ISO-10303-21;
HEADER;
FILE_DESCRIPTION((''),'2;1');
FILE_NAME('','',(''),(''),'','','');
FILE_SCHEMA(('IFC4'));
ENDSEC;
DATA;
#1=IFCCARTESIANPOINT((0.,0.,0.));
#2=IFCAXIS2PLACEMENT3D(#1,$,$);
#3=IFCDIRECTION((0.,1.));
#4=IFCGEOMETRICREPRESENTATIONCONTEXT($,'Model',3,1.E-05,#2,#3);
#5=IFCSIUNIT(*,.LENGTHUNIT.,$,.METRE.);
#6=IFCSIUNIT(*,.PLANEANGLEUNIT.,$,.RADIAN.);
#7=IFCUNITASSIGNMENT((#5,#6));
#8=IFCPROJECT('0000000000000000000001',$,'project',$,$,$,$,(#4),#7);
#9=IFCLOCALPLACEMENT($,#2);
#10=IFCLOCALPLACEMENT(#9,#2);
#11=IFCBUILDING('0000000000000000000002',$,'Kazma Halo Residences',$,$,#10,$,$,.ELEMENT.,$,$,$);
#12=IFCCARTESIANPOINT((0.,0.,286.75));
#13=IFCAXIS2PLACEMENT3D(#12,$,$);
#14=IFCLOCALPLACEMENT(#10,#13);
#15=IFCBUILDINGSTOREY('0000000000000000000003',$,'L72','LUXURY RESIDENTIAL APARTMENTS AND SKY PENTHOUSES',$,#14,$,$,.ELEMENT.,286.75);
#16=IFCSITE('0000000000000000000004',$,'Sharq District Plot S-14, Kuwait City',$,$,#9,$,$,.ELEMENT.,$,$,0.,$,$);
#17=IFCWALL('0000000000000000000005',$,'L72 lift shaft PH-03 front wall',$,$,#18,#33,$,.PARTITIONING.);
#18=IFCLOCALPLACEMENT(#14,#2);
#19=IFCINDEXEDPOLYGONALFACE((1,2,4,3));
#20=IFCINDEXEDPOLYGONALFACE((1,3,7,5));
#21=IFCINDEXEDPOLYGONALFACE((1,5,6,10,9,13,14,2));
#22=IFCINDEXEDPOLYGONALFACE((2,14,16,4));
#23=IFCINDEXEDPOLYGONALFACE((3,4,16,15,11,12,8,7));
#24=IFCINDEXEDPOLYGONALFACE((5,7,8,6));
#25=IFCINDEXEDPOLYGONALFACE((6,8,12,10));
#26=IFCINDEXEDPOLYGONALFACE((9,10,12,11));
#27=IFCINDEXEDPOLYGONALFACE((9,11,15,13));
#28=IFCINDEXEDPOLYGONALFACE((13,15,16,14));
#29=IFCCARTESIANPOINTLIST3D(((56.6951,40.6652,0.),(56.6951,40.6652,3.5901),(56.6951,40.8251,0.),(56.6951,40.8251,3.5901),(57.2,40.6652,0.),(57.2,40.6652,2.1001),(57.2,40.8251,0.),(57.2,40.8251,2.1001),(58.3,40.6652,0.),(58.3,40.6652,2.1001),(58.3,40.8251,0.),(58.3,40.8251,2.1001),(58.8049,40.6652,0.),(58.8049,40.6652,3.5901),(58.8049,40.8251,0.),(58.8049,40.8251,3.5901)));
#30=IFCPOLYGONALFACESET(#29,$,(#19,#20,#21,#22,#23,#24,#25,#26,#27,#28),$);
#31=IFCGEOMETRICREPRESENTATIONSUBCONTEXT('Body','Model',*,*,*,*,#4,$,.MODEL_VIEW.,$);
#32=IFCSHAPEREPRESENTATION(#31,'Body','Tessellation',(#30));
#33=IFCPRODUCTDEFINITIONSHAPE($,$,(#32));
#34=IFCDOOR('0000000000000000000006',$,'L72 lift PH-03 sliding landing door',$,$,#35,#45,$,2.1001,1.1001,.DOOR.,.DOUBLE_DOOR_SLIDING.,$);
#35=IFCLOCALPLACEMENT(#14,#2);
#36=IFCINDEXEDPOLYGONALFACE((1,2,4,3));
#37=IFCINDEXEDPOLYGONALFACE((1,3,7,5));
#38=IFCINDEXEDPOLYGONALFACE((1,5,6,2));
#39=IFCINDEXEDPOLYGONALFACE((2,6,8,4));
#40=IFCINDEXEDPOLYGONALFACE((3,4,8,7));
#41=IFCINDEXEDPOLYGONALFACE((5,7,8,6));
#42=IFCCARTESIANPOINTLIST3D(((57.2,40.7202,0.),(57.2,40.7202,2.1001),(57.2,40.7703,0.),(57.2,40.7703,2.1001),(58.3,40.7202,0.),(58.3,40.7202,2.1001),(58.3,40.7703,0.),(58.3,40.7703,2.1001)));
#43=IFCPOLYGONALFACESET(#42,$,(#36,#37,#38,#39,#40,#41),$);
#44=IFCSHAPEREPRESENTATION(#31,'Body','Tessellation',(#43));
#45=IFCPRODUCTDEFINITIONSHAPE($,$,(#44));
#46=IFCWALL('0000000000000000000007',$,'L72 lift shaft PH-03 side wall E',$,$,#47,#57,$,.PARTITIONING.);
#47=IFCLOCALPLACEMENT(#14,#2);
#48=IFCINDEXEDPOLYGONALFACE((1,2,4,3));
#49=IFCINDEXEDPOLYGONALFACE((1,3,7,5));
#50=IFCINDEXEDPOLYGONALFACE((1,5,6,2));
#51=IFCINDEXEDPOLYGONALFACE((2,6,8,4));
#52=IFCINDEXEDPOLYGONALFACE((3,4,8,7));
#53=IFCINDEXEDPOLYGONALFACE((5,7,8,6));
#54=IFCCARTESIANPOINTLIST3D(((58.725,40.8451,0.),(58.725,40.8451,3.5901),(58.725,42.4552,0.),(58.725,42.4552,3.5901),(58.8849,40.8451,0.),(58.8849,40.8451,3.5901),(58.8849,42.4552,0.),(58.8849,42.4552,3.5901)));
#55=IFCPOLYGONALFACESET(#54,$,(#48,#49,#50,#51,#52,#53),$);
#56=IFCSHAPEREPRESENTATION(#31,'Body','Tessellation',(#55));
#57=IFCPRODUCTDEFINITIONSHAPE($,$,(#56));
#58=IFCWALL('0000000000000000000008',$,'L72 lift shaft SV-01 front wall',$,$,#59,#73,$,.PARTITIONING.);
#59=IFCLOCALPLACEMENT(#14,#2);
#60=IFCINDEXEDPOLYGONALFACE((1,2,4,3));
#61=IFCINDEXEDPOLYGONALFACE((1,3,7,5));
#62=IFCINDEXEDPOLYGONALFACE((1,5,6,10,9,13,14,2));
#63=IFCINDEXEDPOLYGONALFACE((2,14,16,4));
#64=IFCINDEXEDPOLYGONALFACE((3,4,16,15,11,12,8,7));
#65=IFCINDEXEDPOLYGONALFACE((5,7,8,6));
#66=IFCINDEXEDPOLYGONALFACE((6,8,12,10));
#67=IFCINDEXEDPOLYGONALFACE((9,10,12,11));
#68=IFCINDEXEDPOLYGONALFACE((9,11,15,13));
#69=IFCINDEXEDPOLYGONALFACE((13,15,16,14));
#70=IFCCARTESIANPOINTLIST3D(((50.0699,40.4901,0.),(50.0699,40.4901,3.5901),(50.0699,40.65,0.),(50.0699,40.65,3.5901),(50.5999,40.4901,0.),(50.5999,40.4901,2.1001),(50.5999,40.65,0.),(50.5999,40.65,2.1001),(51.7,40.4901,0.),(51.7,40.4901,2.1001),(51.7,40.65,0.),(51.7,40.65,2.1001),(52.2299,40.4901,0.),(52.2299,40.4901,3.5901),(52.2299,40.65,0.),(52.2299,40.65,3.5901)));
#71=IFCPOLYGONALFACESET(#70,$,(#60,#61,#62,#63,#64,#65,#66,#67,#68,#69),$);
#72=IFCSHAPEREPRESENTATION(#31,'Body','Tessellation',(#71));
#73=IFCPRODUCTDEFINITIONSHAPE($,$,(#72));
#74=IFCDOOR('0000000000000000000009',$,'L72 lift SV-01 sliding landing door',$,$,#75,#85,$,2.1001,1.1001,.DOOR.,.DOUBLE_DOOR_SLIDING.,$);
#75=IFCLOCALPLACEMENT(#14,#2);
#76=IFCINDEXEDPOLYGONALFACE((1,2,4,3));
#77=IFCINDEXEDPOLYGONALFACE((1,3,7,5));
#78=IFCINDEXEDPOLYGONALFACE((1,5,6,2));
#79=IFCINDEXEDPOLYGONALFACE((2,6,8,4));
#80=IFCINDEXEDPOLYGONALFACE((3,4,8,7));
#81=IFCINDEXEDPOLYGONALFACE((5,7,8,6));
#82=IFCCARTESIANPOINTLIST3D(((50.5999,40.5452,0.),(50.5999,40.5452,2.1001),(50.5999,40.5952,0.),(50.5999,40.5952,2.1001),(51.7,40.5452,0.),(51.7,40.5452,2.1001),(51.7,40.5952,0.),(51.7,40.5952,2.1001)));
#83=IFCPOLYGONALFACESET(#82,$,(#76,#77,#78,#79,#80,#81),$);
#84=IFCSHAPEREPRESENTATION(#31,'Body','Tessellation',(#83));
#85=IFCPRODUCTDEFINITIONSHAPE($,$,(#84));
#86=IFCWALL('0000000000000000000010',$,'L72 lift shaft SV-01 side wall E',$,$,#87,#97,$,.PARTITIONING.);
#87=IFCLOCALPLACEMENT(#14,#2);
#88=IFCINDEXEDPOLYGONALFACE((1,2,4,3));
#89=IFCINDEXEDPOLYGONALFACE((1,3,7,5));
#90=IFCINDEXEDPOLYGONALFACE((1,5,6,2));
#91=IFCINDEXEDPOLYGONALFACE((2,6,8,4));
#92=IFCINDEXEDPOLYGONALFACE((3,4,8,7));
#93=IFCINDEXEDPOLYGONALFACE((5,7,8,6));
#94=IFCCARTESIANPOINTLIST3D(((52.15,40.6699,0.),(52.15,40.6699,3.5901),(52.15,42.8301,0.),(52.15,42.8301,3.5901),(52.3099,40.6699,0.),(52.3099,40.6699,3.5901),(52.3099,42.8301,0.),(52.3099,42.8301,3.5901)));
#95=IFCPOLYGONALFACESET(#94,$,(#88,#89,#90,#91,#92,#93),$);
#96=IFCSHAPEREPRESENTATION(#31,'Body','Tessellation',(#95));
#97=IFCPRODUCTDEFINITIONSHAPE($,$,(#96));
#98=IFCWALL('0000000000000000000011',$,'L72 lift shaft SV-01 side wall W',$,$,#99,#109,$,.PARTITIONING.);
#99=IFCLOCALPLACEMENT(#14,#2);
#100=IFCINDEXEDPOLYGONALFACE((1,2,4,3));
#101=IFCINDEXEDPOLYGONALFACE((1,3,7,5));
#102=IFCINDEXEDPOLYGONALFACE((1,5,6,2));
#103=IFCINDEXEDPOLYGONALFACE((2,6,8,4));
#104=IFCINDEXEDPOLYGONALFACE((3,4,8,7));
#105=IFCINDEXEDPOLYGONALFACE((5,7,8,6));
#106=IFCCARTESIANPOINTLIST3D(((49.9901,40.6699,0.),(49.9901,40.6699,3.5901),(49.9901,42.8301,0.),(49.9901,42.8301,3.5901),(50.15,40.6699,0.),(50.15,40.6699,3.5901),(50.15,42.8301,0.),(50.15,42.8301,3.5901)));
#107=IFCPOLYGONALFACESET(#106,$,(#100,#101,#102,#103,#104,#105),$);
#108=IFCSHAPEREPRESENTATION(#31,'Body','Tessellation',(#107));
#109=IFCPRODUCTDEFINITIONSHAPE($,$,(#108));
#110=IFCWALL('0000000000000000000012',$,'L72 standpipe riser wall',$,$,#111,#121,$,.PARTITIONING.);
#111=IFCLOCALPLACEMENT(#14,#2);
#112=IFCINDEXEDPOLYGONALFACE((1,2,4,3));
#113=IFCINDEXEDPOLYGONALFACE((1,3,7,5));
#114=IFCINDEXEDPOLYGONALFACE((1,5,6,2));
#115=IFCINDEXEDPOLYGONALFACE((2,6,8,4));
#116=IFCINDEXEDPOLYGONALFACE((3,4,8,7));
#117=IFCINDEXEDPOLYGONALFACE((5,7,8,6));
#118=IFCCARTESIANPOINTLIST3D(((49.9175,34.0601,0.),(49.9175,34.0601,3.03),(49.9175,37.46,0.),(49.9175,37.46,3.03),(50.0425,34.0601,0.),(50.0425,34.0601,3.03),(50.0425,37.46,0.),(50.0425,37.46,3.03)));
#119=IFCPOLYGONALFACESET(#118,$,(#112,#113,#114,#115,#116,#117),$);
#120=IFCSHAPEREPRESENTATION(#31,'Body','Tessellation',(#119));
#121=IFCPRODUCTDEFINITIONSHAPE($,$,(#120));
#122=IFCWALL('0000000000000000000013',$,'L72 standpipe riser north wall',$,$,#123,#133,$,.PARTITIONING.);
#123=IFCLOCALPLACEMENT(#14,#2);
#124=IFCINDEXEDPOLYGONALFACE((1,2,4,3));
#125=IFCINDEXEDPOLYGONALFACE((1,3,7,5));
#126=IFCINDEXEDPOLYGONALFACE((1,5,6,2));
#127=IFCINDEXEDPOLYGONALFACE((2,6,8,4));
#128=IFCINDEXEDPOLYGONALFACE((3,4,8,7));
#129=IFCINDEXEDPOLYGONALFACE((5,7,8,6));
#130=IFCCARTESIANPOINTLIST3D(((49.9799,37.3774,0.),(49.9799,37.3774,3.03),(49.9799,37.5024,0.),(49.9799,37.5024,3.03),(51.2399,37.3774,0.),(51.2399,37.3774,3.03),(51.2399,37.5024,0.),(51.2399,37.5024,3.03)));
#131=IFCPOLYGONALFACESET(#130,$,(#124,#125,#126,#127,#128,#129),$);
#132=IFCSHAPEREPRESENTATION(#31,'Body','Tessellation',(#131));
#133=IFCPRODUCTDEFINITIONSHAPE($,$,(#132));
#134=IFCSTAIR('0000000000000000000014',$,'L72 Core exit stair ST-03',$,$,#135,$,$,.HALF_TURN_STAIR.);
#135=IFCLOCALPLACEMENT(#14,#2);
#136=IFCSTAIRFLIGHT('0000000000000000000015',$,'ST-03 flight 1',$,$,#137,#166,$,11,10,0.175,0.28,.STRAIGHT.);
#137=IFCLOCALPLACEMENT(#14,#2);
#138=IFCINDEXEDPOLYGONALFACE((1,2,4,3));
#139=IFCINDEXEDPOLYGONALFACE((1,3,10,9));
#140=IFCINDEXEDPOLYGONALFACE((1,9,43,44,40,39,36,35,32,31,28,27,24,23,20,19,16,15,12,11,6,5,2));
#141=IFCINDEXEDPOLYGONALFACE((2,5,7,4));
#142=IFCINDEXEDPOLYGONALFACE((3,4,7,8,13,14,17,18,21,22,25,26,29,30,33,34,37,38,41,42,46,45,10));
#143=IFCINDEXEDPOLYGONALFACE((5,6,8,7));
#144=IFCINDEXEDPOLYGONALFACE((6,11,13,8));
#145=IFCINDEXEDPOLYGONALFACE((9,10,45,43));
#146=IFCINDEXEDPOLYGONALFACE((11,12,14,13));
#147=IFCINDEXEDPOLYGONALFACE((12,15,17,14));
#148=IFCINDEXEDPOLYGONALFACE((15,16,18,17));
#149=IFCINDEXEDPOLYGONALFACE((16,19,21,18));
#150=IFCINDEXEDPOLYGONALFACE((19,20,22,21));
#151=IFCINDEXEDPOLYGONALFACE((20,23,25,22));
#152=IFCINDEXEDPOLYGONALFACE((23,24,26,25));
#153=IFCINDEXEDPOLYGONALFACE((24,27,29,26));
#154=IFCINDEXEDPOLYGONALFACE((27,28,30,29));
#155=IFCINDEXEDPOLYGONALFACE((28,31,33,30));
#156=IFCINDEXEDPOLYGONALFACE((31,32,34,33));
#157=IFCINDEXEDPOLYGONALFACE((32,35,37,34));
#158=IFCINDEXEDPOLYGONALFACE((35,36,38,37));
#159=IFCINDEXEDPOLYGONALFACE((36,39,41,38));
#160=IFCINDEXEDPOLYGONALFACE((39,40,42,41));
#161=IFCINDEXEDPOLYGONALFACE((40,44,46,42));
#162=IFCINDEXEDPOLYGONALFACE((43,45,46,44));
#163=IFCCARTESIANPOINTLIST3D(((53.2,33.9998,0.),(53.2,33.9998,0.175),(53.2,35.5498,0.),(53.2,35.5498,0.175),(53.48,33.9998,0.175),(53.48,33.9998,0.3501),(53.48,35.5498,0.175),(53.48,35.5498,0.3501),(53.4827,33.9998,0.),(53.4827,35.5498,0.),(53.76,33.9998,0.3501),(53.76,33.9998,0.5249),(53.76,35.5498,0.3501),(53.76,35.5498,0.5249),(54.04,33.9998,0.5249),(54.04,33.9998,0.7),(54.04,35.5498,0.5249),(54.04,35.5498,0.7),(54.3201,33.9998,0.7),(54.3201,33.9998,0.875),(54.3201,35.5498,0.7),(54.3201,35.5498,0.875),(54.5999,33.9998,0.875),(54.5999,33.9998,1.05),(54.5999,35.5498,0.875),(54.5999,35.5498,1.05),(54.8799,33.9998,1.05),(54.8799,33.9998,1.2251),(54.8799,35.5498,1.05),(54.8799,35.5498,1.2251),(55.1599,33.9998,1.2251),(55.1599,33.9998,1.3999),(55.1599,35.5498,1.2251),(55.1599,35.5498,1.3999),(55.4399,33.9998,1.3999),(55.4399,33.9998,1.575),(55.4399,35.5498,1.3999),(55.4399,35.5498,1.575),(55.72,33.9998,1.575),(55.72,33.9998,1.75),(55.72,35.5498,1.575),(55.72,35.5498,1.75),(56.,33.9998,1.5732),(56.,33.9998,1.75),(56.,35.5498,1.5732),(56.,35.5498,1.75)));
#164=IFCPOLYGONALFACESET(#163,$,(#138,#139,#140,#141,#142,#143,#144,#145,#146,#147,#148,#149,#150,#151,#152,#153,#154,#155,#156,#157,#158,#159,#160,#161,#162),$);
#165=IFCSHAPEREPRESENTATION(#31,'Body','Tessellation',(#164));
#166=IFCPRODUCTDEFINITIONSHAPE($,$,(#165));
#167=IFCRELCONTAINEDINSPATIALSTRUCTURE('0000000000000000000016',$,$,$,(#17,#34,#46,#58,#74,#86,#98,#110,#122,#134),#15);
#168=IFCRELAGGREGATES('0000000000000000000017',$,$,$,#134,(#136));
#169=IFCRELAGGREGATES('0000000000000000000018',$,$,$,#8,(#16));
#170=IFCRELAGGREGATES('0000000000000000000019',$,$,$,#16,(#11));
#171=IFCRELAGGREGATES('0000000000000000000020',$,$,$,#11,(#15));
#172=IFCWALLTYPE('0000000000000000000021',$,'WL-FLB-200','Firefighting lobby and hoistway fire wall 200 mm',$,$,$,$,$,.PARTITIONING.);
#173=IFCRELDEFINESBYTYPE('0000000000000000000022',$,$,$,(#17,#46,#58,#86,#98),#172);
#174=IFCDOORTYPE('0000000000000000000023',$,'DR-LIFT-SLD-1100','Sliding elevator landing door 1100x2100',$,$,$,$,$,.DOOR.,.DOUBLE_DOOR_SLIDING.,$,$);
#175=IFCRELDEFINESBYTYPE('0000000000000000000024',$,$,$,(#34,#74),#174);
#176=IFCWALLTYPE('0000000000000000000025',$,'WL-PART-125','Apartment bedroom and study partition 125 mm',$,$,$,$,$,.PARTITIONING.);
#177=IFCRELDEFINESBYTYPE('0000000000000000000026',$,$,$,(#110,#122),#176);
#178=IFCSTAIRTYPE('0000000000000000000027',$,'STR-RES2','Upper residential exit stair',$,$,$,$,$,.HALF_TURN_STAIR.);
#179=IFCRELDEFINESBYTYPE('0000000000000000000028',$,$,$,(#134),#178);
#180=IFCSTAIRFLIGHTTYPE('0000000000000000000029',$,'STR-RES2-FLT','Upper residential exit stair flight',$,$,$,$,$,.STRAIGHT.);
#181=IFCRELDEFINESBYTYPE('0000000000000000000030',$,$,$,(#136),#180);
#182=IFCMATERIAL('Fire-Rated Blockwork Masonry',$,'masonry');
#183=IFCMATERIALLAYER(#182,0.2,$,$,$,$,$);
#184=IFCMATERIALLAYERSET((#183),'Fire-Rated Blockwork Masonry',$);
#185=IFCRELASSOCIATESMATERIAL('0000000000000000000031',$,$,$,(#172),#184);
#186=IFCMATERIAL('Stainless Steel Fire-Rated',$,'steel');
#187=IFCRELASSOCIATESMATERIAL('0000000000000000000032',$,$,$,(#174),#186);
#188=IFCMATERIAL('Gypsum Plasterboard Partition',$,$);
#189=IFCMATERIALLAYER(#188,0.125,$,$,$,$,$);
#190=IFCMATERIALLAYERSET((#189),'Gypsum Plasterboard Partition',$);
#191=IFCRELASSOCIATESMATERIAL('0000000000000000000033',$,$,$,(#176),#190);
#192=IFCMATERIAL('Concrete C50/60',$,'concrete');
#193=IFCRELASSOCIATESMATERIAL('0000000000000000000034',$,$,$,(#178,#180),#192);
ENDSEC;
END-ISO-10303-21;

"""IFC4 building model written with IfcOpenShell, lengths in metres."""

from ifc_helpers import new_model, si_unit, direction, frame, frame_2d, origin, place, context, subcontext, project, spatial, polyline, rectangle, outline, extrude, material, layer, layer_set, type_object, element, fill, aggregate, save


model = new_model("IFC4")

# Units and contexts
model_context = context("Model", 3, precision=1e-05, world=origin(), true_north=direction((0.0, 1.0)))
body_context = subcontext(model_context, "Body", "Model", "MODEL_VIEW")
ifc_project = project(units=[si_unit("LENGTHUNIT", "METRE"), si_unit("PLANEANGLEUNIT", "RADIAN")], contexts=[model_context])

# Site, building, storey
site_placement = place(None, origin())
site = spatial("IfcSite", under=ifc_project, at=site_placement, Name="Sharq District Plot S-14, Kuwait City", CompositionType="ELEMENT", RefElevation=0.0)
building_placement = place(site_placement, origin())
building = spatial("IfcBuilding", under=site, at=building_placement, Name="Kazma Halo Residences", CompositionType="ELEMENT")
storey_placement = place(building_placement, frame((0.0, 0.0, 286.75)))
storey = spatial("IfcBuildingStorey", under=building, at=storey_placement, Name="L72", Description="LUXURY RESIDENTIAL APARTMENTS AND SKY PENTHOUSES", CompositionType="ELEMENT", Elevation=286.75)

# Shared definitions
ifc_material_1 = material(Name="Fire-Rated Blockwork Masonry", Category="masonry")
ifc_layer_1 = layer(ifc_material_1, 0.2)
ifc_layer_set_1 = layer_set([ifc_layer_1], Name="Fire-Rated Blockwork Masonry")
wall_type_1 = type_object("IfcWallType", Name="WL-FLB-200", Description="Firefighting lobby and hoistway fire wall 200 mm", PredefinedType="PARTITIONING", material=ifc_layer_set_1)
ifc_material_2 = material(Name="Stainless Steel Fire-Rated", Category="steel")
door_type_1 = type_object("IfcDoorType", Name="DR-LIFT-SLD-1100", Description="Sliding elevator landing door 1100x2100", OperationType="DOUBLE_DOOR_SLIDING", PredefinedType="DOOR", material=ifc_material_2)

# Wall, opening, door
wall_1_placement = place(storey_placement, frame((58.8049, 40.7451, 0.0), z_axis=(0.0, 0.0, 1.0), x_axis=(-1.0, 0.0, 0.0)))
wall_1 = element("IfcWall", 1, at=wall_1_placement, inside=storey, type_object=wall_type_1, Name="L72 lift shaft PH-03 front wall", PredefinedType="PARTITIONING", context=body_context, shape_type="SweptSolid", body=[
    extrude(rectangle(XDim=2.1099, YDim=0.1599, at=frame_2d((1.0549, 0.0))), origin(), (0.0, 0.0, 1.0), 3.5901),
])
opening_1_placement = place(wall_1_placement, frame((0.5049, 0.0, 0.0)))
opening_1 = element("IfcOpeningElement", 2, at=opening_1_placement, cuts=wall_1, PredefinedType="OPENING", context=body_context, shape_type="SweptSolid", body=[
    extrude(rectangle(XDim=1.1001, YDim=2.1001, at=frame_2d((0.55, 1.05))), frame((0.0, 0.0898, 0.0), z_axis=(0.0, -1.0, 0.0), x_axis=(1.0, 0.0, 0.0)), (0.0, 0.0, 1.0), 0.1799),
])
door_1_placement = place(opening_1_placement, origin())
door_1 = element("IfcDoor", 3, at=door_1_placement, inside=storey, type_object=door_type_1, Name="L72 lift PH-03 sliding landing door", OperationType="DOUBLE_DOOR_SLIDING", OverallHeight=2.1001, OverallWidth=1.1001, PredefinedType="DOOR", context=body_context, shape_type="SweptSolid", body=[
    extrude(rectangle(XDim=1.1001, YDim=2.1001, at=frame_2d((0.55, 1.05))), frame((0.0, 0.0249, 0.0), z_axis=(0.0, -1.0, 0.0), x_axis=(1.0, 0.0, 0.0)), (0.0, 0.0, 1.0), 0.05),
])
fill(opening_1, door_1)

# Wall
wall_2_placement = place(storey_placement, frame((58.8049, 40.845, 0.0), z_axis=(0.0, 0.0, 1.0), x_axis=(0.0, 1.0, 0.0)))
element("IfcWall", 4, at=wall_2_placement, inside=storey, type_object=wall_type_1, Name="L72 lift shaft PH-03 side wall E", PredefinedType="PARTITIONING", context=body_context, shape_type="SweptSolid", body=[
    extrude(rectangle(XDim=1.6101, YDim=0.1599, at=frame_2d((0.8052, 0.0))), origin(), (0.0, 0.0, 1.0), 3.5901),
])

# Wall, opening, door
wall_3_placement = place(storey_placement, frame((52.23, 40.5701, 0.0), z_axis=(0.0, 0.0, 1.0), x_axis=(-1.0, 0.0, 0.0)))
wall_3 = element("IfcWall", 5, at=wall_3_placement, inside=storey, type_object=wall_type_1, Name="L72 lift shaft SV-01 front wall", PredefinedType="PARTITIONING", context=body_context, shape_type="SweptSolid", body=[
    extrude(rectangle(XDim=2.1599, YDim=0.1599, at=frame_2d((1.0801, 0.0))), origin(), (0.0, 0.0, 1.0), 3.5901),
])
opening_2_placement = place(wall_3_placement, frame((0.53, 0.0, 0.0)))
opening_2 = element("IfcOpeningElement", 6, at=opening_2_placement, cuts=wall_3, PredefinedType="OPENING", context=body_context, shape_type="SweptSolid", body=[
    extrude(rectangle(XDim=1.1001, YDim=2.1001, at=frame_2d((0.55, 1.05))), frame((0.0, 0.0898, 0.0), z_axis=(0.0, -1.0, 0.0), x_axis=(1.0, 0.0, 0.0)), (0.0, 0.0, 1.0), 0.1799),
])
door_2_placement = place(opening_2_placement, origin())
door_2 = element("IfcDoor", 7, at=door_2_placement, inside=storey, type_object=door_type_1, Name="L72 lift SV-01 sliding landing door", OperationType="DOUBLE_DOOR_SLIDING", OverallHeight=2.1001, OverallWidth=1.1001, PredefinedType="DOOR", context=body_context, shape_type="SweptSolid", body=[
    extrude(rectangle(XDim=1.1001, YDim=2.1001, at=frame_2d((0.55, 1.05))), frame((0.0, 0.0249, 0.0), z_axis=(0.0, -1.0, 0.0), x_axis=(1.0, 0.0, 0.0)), (0.0, 0.0, 1.0), 0.05),
])
fill(opening_2, door_2)

# Walls
for number, where, z_axis, x_axis, name in (
    (8, (52.23, 40.6699, 0.0), (0.0, 0.0, 1.0), (0.0, 1.0, 0.0), "L72 lift shaft SV-01 side wall E"),
    (9, (50.0701, 40.6699, 0.0), (0.0, 0.0, 1.0), (0.0, 1.0, 0.0), "L72 lift shaft SV-01 side wall W"),
):
    element("IfcWall", number, at=place(storey_placement, frame(where, z_axis=z_axis, x_axis=x_axis)), inside=storey, type_object=wall_type_1, Name=name, PredefinedType="PARTITIONING", context=body_context, shape_type="SweptSolid", body=[
        extrude(rectangle(XDim=2.1602, YDim=0.1599, at=frame_2d((1.0801, 0.0))), origin(), (0.0, 0.0, 1.0), 3.5901),
    ])
ifc_material_3 = material(Name="Gypsum Plasterboard Partition")
ifc_layer_2 = layer(ifc_material_3, 0.125)
ifc_layer_set_2 = layer_set([ifc_layer_2], Name="Gypsum Plasterboard Partition")
wall_type_2 = type_object("IfcWallType", Name="WL-PART-125", Description="Apartment bedroom and study partition 125 mm", PredefinedType="PARTITIONING", material=ifc_layer_set_2)
wall_4_placement = place(storey_placement, frame((49.98, 34.0601, 0.0), z_axis=(0.0, 0.0, 1.0), x_axis=(0.0, 1.0, 0.0)))
element("IfcWall", 10, at=wall_4_placement, inside=storey, type_object=wall_type_2, Name="L72 standpipe riser wall", PredefinedType="PARTITIONING", context=body_context, shape_type="SweptSolid", body=[
    extrude(rectangle(XDim=3.3999, YDim=0.125, at=frame_2d((1.7, 0.0))), origin(), (0.0, 0.0, 1.0), 3.03),
])
wall_5_placement = place(storey_placement, frame((49.98, 37.4399, 0.0), z_axis=(0.0, 0.0, 1.0), x_axis=(1.0, 0.0, 0.0)))
element("IfcWall", 11, at=wall_5_placement, inside=storey, type_object=wall_type_2, Name="L72 standpipe riser north wall", PredefinedType="PARTITIONING", context=body_context, shape_type="SweptSolid", body=[
    extrude(rectangle(XDim=1.26, YDim=0.125, at=frame_2d((0.6299, 0.0))), origin(), (0.0, 0.0, 1.0), 3.03),
])

# Shared definitions
ifc_material_4 = material(Name="Concrete C50/60", Category="concrete")

# Stair, stair flight
stair_type = type_object("IfcStairType", Name="STR-RES2", Description="Upper residential exit stair", PredefinedType="HALF_TURN_STAIR", material=ifc_material_4)
stair_placement = place(storey_placement, origin())
stair = element("IfcStair", 12, at=stair_placement, inside=storey, type_object=stair_type, Name="L72 Core exit stair ST-03", PredefinedType="HALF_TURN_STAIR")
stair_flight_type = type_object("IfcStairFlightType", Name="STR-RES2-FLT", Description="Upper residential exit stair flight", PredefinedType="STRAIGHT", material=ifc_material_4)
stair_flight_1_placement = place(storey_placement, frame((53.2, 34.7749, 0.0), z_axis=(0.0, 0.0, 1.0), x_axis=(1.0, 0.0, 0.0)))
stair_flight_1 = element("IfcStairFlight", 13, at=stair_flight_1_placement, type_object=stair_flight_type, Name="ST-03 flight 1", NumberOfRisers=11, NumberOfTreads=10, PredefinedType="STRAIGHT", RiserHeight=0.175, TreadLength=0.28, context=body_context, shape_type="SweptSolid", body=[
    extrude(outline(polyline([(0.0, 0.0), (0.0, 0.175), (0.28, 0.175), (0.28, 0.3501), (0.5601, 0.3501), (0.5601, 0.5249), (0.8401, 0.5249), (0.8401, 0.7), (1.1201, 0.7), (1.1201, 0.875), (1.3999, 0.875), (1.3999, 1.05), (1.6799, 1.05), (1.6799, 1.2251), (1.96, 1.2251), (1.96, 1.3999), (2.24, 1.3999), (2.24, 1.575), (2.52, 1.575), (2.52, 1.75), (2.8, 1.75), (2.8, 1.925), (2.8, 1.5732), (0.2827, 0.0), (0.0, 0.0)])), frame((0.0, 0.7749, 0.0), z_axis=(0.0, -1.0, 0.0), x_axis=(1.0, 0.0, 0.0)), (0.0, 0.0, 1.0), 1.55),
])
aggregate(stair, [stair_flight_1])

save(model, "model.ifc")
